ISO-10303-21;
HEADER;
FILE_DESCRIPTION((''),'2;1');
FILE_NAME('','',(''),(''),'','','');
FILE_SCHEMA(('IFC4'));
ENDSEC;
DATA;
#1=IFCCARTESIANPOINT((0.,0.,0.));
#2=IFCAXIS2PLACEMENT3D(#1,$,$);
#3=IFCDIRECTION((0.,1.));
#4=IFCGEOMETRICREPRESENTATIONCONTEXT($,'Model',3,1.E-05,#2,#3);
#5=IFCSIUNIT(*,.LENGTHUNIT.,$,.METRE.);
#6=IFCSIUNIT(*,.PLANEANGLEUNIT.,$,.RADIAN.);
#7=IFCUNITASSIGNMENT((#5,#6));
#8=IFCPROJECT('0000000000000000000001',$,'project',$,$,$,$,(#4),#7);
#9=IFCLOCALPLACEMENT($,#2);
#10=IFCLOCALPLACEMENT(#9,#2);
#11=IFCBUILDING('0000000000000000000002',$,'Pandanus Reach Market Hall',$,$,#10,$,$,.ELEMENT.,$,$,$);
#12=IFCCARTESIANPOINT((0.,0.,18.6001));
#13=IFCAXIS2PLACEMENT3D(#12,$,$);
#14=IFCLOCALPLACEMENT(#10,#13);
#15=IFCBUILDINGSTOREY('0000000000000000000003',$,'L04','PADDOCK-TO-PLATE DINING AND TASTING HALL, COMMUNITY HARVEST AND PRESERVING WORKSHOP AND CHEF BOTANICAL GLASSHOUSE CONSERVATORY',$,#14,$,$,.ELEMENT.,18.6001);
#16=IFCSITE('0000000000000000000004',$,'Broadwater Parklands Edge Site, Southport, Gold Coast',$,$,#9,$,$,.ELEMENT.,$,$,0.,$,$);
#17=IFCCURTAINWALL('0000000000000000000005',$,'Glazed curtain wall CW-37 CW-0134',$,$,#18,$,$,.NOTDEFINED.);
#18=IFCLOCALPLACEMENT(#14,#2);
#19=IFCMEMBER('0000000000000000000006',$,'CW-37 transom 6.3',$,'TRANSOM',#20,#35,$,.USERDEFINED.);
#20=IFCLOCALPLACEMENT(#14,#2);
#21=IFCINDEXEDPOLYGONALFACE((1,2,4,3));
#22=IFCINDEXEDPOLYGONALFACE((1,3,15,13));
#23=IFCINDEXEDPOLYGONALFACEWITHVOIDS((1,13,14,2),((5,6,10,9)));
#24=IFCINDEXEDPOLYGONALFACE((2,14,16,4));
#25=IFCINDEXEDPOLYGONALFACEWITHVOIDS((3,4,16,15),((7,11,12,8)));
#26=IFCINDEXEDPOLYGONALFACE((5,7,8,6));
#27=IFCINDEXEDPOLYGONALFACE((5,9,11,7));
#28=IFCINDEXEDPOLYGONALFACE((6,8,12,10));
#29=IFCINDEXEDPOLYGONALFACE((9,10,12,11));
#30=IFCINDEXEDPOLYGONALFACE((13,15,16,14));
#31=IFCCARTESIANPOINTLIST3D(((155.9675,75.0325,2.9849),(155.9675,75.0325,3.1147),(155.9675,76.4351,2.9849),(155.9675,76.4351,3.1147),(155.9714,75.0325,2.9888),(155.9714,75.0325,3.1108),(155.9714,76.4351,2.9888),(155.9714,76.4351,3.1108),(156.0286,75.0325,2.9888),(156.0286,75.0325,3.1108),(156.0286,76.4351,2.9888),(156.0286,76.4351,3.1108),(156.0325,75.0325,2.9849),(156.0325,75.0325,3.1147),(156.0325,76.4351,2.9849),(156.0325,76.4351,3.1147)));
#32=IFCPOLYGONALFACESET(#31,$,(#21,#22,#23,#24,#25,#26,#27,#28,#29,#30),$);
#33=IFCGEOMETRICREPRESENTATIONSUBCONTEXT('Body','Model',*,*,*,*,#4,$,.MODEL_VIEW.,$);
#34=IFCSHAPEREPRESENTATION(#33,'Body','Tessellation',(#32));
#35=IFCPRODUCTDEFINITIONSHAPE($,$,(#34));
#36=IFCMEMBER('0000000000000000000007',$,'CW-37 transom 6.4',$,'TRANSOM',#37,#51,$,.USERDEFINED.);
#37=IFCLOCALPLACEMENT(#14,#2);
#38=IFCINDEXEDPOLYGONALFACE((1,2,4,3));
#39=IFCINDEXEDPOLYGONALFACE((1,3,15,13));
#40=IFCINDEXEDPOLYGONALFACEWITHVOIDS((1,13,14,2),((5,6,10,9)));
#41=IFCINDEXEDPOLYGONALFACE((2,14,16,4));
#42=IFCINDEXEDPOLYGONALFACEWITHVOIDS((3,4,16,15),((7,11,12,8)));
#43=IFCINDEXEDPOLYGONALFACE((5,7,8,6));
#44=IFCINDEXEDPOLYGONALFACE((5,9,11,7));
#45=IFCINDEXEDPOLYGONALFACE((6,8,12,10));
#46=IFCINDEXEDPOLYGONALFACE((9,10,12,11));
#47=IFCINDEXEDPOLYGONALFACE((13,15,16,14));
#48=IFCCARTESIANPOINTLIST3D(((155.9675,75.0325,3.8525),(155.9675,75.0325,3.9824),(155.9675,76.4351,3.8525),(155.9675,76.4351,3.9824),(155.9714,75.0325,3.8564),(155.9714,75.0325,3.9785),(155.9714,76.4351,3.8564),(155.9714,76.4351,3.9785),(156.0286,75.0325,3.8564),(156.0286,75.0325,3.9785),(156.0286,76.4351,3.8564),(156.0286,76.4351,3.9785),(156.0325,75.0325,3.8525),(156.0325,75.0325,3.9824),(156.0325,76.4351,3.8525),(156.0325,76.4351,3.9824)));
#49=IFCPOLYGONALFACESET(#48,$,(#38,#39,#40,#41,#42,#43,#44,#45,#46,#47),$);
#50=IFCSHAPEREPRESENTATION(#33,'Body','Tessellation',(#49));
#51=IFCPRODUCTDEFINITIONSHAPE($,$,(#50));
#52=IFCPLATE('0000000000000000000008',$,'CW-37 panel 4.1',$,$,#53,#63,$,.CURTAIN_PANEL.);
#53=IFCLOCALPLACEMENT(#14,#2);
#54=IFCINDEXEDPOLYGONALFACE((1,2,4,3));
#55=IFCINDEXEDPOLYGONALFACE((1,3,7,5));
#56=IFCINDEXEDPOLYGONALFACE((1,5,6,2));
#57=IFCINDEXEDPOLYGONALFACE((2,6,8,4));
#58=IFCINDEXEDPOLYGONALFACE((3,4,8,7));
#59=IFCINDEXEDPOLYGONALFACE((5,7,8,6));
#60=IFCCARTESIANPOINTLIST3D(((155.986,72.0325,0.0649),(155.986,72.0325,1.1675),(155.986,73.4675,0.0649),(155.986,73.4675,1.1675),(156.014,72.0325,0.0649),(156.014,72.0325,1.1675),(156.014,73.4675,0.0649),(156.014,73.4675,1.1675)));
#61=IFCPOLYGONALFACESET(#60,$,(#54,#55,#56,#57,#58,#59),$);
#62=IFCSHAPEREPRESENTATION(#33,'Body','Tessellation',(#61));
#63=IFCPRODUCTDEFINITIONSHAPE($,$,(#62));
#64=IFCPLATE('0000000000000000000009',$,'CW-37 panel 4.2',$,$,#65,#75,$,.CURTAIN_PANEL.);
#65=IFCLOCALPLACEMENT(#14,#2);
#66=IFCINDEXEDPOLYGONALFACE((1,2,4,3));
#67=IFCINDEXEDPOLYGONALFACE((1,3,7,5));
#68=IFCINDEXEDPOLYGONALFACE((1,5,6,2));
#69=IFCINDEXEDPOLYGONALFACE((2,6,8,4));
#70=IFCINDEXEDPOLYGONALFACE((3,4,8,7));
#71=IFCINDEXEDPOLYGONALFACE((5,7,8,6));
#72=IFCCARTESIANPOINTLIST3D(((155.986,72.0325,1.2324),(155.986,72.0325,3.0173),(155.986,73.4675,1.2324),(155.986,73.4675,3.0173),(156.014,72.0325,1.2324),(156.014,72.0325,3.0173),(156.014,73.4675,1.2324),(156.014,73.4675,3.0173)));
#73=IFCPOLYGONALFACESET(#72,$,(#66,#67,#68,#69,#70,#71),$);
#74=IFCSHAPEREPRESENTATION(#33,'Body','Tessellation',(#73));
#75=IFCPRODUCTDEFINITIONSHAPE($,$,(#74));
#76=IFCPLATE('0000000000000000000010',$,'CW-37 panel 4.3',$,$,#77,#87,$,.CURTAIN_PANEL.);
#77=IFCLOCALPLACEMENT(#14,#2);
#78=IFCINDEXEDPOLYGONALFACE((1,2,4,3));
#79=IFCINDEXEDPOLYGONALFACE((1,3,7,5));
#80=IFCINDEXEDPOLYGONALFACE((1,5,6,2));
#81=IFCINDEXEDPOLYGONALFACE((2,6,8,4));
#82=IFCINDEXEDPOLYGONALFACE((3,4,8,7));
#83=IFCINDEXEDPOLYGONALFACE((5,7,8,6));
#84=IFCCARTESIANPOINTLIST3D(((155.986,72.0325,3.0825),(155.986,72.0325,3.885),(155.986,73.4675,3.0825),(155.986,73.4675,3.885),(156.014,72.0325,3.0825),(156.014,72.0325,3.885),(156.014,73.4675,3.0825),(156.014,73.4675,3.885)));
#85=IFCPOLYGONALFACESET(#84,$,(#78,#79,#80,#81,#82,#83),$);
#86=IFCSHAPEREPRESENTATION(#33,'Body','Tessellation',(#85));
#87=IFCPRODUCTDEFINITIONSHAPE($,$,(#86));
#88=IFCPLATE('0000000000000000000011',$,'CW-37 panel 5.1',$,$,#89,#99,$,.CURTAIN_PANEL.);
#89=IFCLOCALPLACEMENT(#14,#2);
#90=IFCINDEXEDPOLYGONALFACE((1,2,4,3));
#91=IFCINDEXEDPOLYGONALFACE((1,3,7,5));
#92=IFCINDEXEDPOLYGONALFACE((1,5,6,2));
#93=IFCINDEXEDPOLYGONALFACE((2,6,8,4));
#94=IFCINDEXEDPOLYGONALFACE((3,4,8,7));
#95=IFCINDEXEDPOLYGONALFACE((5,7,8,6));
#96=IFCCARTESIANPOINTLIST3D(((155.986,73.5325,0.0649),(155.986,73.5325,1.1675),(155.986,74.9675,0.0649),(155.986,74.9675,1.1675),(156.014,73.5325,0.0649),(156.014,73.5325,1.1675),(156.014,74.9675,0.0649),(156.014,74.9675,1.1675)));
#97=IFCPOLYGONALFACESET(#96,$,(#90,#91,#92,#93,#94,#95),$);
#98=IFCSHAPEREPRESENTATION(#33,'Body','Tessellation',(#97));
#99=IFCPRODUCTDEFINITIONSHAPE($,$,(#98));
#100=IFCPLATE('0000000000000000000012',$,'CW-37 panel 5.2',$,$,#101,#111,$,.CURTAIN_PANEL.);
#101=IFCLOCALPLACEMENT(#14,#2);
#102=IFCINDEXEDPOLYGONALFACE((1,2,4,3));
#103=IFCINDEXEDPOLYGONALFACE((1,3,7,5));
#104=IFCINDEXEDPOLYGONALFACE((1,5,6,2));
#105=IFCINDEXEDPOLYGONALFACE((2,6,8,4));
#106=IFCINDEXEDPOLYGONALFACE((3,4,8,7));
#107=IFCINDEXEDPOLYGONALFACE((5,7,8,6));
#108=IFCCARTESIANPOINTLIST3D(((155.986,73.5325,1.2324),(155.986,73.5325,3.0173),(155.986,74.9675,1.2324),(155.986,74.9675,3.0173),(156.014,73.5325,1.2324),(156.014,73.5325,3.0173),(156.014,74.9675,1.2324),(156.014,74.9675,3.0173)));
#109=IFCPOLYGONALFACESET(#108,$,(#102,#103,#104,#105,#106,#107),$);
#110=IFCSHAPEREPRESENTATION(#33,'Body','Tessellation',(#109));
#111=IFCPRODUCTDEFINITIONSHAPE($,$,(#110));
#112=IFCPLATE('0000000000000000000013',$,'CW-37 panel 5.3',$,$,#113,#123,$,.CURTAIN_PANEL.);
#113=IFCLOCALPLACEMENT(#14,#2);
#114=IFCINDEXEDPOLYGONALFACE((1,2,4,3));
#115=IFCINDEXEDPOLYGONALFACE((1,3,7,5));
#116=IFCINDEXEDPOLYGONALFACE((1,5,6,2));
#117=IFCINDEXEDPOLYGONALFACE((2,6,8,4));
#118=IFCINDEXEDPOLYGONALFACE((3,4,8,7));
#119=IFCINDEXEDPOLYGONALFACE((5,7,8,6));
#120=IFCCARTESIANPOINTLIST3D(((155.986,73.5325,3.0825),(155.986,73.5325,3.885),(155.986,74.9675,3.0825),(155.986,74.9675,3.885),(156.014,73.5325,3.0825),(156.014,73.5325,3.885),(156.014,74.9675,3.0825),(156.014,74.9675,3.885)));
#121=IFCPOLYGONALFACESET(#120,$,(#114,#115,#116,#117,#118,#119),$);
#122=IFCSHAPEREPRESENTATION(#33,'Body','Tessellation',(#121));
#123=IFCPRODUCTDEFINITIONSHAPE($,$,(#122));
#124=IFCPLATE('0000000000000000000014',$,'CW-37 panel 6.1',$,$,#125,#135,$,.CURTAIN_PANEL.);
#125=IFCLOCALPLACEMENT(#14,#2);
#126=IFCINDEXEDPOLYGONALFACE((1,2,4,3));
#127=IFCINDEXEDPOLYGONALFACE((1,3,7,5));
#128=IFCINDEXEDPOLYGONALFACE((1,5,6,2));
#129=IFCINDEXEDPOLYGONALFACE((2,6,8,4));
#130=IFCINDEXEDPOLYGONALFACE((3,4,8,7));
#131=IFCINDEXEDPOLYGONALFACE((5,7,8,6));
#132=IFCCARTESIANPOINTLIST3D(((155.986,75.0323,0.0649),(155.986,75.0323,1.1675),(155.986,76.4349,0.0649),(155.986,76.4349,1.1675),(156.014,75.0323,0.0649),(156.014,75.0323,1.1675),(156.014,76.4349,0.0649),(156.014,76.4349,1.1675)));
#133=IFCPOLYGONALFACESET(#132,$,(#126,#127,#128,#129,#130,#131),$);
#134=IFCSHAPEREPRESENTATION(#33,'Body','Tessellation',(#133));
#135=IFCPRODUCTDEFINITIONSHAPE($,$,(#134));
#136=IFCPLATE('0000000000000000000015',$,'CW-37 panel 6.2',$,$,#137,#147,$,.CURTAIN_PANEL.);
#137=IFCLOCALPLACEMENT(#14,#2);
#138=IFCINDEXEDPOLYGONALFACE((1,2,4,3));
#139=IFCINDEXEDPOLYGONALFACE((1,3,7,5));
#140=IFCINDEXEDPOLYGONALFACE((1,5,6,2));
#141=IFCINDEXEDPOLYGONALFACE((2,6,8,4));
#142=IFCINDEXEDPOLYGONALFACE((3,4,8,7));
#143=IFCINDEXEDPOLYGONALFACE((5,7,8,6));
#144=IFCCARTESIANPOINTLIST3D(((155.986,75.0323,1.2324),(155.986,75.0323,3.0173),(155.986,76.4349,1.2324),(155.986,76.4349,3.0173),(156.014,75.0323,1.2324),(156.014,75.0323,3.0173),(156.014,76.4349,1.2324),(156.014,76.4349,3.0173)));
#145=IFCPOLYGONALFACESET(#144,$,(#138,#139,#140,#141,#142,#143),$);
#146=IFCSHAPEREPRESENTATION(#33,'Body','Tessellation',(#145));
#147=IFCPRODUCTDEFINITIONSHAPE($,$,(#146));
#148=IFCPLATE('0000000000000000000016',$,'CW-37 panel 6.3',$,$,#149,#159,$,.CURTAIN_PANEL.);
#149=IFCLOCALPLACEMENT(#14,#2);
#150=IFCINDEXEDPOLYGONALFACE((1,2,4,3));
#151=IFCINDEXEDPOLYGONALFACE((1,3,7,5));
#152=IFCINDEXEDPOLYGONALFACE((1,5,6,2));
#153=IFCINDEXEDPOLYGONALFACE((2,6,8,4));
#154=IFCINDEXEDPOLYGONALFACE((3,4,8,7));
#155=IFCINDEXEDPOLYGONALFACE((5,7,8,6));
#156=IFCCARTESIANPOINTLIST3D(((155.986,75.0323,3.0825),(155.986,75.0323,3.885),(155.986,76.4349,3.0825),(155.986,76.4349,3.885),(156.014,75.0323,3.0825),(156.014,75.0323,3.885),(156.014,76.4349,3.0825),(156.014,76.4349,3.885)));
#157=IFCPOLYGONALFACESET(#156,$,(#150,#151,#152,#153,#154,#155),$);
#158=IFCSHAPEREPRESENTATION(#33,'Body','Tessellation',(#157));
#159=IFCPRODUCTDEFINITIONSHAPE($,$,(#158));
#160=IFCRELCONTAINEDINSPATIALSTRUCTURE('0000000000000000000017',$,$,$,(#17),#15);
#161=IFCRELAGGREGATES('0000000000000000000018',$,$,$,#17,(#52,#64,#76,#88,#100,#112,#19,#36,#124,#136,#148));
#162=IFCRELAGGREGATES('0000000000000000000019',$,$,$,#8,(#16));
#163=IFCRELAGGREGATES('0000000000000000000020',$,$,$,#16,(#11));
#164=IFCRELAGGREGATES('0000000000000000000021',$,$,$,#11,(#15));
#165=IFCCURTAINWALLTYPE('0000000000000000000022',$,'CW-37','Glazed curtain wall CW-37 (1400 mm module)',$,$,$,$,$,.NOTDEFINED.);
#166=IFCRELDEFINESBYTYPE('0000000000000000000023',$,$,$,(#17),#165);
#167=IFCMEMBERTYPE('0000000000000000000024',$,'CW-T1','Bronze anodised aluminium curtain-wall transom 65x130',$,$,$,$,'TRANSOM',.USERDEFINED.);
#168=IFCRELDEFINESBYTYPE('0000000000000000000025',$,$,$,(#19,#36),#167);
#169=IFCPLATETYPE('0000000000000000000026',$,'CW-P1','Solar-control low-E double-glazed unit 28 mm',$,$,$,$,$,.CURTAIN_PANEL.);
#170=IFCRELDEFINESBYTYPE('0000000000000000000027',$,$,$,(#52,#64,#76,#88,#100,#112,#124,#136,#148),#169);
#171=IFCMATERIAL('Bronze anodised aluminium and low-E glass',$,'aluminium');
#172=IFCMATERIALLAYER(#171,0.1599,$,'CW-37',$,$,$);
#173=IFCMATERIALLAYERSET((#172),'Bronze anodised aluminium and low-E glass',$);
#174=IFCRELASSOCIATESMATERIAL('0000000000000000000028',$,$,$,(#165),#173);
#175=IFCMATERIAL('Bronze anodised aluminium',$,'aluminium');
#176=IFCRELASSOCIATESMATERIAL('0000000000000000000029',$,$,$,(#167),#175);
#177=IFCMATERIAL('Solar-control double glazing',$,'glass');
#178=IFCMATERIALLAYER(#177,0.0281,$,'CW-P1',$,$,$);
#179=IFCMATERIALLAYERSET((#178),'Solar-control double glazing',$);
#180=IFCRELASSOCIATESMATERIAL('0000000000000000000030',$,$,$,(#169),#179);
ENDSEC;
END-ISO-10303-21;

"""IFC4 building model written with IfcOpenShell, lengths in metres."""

from ifc_helpers import new_model, si_unit, direction, frame, origin, origin_2d, place, context, subcontext, project, spatial, rectangle, hollow_rectangle, extrude, material, layer, layer_set, material_profile, profile_set, type_object, element, aggregate, save


model = new_model("IFC4")

# Units and contexts
model_context = context("Model", 3, precision=1e-05, world=origin(), true_north=direction((0.0, 1.0)))
body_context = subcontext(model_context, "Body", "Model", "MODEL_VIEW")
ifc_project = project(units=[si_unit("LENGTHUNIT", "METRE"), si_unit("PLANEANGLEUNIT", "RADIAN")], contexts=[model_context])

# Site, building, storey
site_placement = place(None, origin())
site = spatial("IfcSite", under=ifc_project, at=site_placement, Name="Broadwater Parklands Edge Site, Southport, Gold Coast", CompositionType="ELEMENT", RefElevation=0.0)
building_placement = place(site_placement, origin())
building = spatial("IfcBuilding", under=site, at=building_placement, Name="Pandanus Reach Market Hall", CompositionType="ELEMENT")
storey_placement = place(building_placement, frame((0.0, 0.0, 18.6001)))
storey = spatial("IfcBuildingStorey", under=building, at=storey_placement, Name="L04", Description="PADDOCK-TO-PLATE DINING AND TASTING HALL, COMMUNITY HARVEST AND PRESERVING WORKSHOP AND CHEF BOTANICAL GLASSHOUSE CONSERVATORY", CompositionType="ELEMENT", Elevation=18.6001)

# Shared definitions
ifc_material_1 = material(Name="Bronze anodised aluminium and low-E glass", Category="aluminium")
ifc_material_2 = material(Name="Bronze anodised aluminium", Category="aluminium")

# Curtain wall, members, plates
ifc_layer_1 = layer(ifc_material_1, 0.1599, Name="CW-37")
ifc_layer_set_1 = layer_set([ifc_layer_1], Name="Bronze anodised aluminium and low-E glass")
curtain_wall_type_1 = type_object("IfcCurtainWallType", Name="CW-37", Description="Glazed curtain wall CW-37 (1400 mm module)", PredefinedType="NOTDEFINED", material=ifc_layer_set_1)
curtain_wall_1_placement = place(storey_placement, origin())
curtain_wall_1 = element("IfcCurtainWall", 1, at=curtain_wall_1_placement, inside=storey, type_object=curtain_wall_type_1, Name="Glazed curtain wall CW-37 CW-0134", PredefinedType="NOTDEFINED")
ifc_material_profile_1 = material_profile(ifc_material_2, hollow_rectangle(XDim=0.0649, YDim=0.1299, WallThickness=0.0039, at=origin_2d()), Name="ALU65x130", Category="LoadBearing")
ifc_profile_set_1 = profile_set([ifc_material_profile_1], Name="Bronze anodised aluminium")
member_type_1 = type_object("IfcMemberType", Name="CW-T1", Description="Bronze anodised aluminium curtain-wall transom 65x130", ElementType="TRANSOM", PredefinedType="USERDEFINED", material=ifc_profile_set_1)
member_1_placement = place(storey_placement, frame((156.0, 75.0325, 3.0498), z_axis=(0.0, 1.0, 0.0), x_axis=(-1.0, 0.0, 0.0)))
member_1 = element("IfcMember", 2, at=member_1_placement, type_object=member_type_1, Name="CW-37 transom 6.3", ObjectType="TRANSOM", PredefinedType="USERDEFINED", context=body_context, shape_type="SweptSolid", body=[
    extrude(hollow_rectangle(XDim=0.0649, YDim=0.1299, WallThickness=0.0039, at=origin_2d()), origin(), (0.0, 0.0, 1.0), 1.4026),
])
member_2_placement = place(storey_placement, frame((156.0, 75.0325, 3.9175), z_axis=(0.0, 1.0, 0.0), x_axis=(-1.0, 0.0, 0.0)))
member_2 = element("IfcMember", 3, at=member_2_placement, type_object=member_type_1, Name="CW-37 transom 6.4", ObjectType="TRANSOM", PredefinedType="USERDEFINED", context=body_context, shape_type="SweptSolid", body=[
    extrude(hollow_rectangle(XDim=0.0649, YDim=0.1299, WallThickness=0.0039, at=origin_2d()), origin(), (0.0, 0.0, 1.0), 1.4026),
])
ifc_material_3 = material(Name="Solar-control double glazing", Category="glass")
ifc_layer_2 = layer(ifc_material_3, 0.0281, Name="CW-P1")
ifc_layer_set_2 = layer_set([ifc_layer_2], Name="Solar-control double glazing")
plate_type = type_object("IfcPlateType", Name="CW-P1", Description="Solar-control low-E double-glazed unit 28 mm", PredefinedType="CURTAIN_PANEL", material=ifc_layer_set_2)
plate_1_placement = place(storey_placement, frame((156.0, 72.75, 0.0649), z_axis=(0.0, 0.0, 1.0), x_axis=(0.0, 1.0, 0.0)))
plate_1 = element("IfcPlate", 4, at=plate_1_placement, type_object=plate_type, Name="CW-37 panel 4.1", PredefinedType="CURTAIN_PANEL", context=body_context, shape_type="SweptSolid", body=[
    extrude(rectangle(XDim=1.4351, YDim=0.0281, at=origin_2d()), origin(), (0.0, 0.0, 1.0), 1.1025),
])
plate_2_placement = place(storey_placement, frame((156.0, 72.75, 1.2324), z_axis=(0.0, 0.0, 1.0), x_axis=(0.0, 1.0, 0.0)))
plate_2 = element("IfcPlate", 5, at=plate_2_placement, type_object=plate_type, Name="CW-37 panel 4.2", PredefinedType="CURTAIN_PANEL", context=body_context, shape_type="SweptSolid", body=[
    extrude(rectangle(XDim=1.4351, YDim=0.0281, at=origin_2d()), origin(), (0.0, 0.0, 1.0), 1.7849),
])
plate_3_placement = place(storey_placement, frame((156.0, 72.75, 3.0825), z_axis=(0.0, 0.0, 1.0), x_axis=(0.0, 1.0, 0.0)))
plate_3 = element("IfcPlate", 6, at=plate_3_placement, type_object=plate_type, Name="CW-37 panel 4.3", PredefinedType="CURTAIN_PANEL", context=body_context, shape_type="SweptSolid", body=[
    extrude(rectangle(XDim=1.4351, YDim=0.0281, at=origin_2d()), origin(), (0.0, 0.0, 1.0), 0.8025),
])
plate_4_placement = place(storey_placement, frame((156.0, 74.25, 0.0649), z_axis=(0.0, 0.0, 1.0), x_axis=(0.0, 1.0, 0.0)))
plate_4 = element("IfcPlate", 7, at=plate_4_placement, type_object=plate_type, Name="CW-37 panel 5.1", PredefinedType="CURTAIN_PANEL", context=body_context, shape_type="SweptSolid", body=[
    extrude(rectangle(XDim=1.4351, YDim=0.0281, at=origin_2d()), origin(), (0.0, 0.0, 1.0), 1.1025),
])
plate_5_placement = place(storey_placement, frame((156.0, 74.25, 1.2324), z_axis=(0.0, 0.0, 1.0), x_axis=(0.0, 1.0, 0.0)))
plate_5 = element("IfcPlate", 8, at=plate_5_placement, type_object=plate_type, Name="CW-37 panel 5.2", PredefinedType="CURTAIN_PANEL", context=body_context, shape_type="SweptSolid", body=[
    extrude(rectangle(XDim=1.4351, YDim=0.0281, at=origin_2d()), origin(), (0.0, 0.0, 1.0), 1.7849),
])
plate_6_placement = place(storey_placement, frame((156.0, 74.25, 3.0825), z_axis=(0.0, 0.0, 1.0), x_axis=(0.0, 1.0, 0.0)))
plate_6 = element("IfcPlate", 9, at=plate_6_placement, type_object=plate_type, Name="CW-37 panel 5.3", PredefinedType="CURTAIN_PANEL", context=body_context, shape_type="SweptSolid", body=[
    extrude(rectangle(XDim=1.4351, YDim=0.0281, at=origin_2d()), origin(), (0.0, 0.0, 1.0), 0.8025),
])
plate_7_placement = place(storey_placement, frame((156.0, 75.7336, 0.0649), z_axis=(0.0, 0.0, 1.0), x_axis=(0.0, 1.0, 0.0)))
plate_7 = element("IfcPlate", 10, at=plate_7_placement, type_object=plate_type, Name="CW-37 panel 6.1", PredefinedType="CURTAIN_PANEL", context=body_context, shape_type="SweptSolid", body=[
    extrude(rectangle(XDim=1.4026, YDim=0.0281, at=origin_2d()), origin(), (0.0, 0.0, 1.0), 1.1025),
])
plate_8_placement = place(storey_placement, frame((156.0, 75.7336, 1.2324), z_axis=(0.0, 0.0, 1.0), x_axis=(0.0, 1.0, 0.0)))
plate_8 = element("IfcPlate", 11, at=plate_8_placement, type_object=plate_type, Name="CW-37 panel 6.2", PredefinedType="CURTAIN_PANEL", context=body_context, shape_type="SweptSolid", body=[
    extrude(rectangle(XDim=1.4026, YDim=0.0281, at=origin_2d()), origin(), (0.0, 0.0, 1.0), 1.7849),
])
plate_9_placement = place(storey_placement, frame((156.0, 75.7336, 3.0825), z_axis=(0.0, 0.0, 1.0), x_axis=(0.0, 1.0, 0.0)))
plate_9 = element("IfcPlate", 12, at=plate_9_placement, type_object=plate_type, Name="CW-37 panel 6.3", PredefinedType="CURTAIN_PANEL", context=body_context, shape_type="SweptSolid", body=[
    extrude(rectangle(XDim=1.4026, YDim=0.0281, at=origin_2d()), origin(), (0.0, 0.0, 1.0), 0.8025),
])
aggregate(curtain_wall_1, [plate_1, plate_2, plate_3, plate_4, plate_5, plate_6, member_1, member_2, plate_7, plate_8, plate_9])

save(model, "model.ifc")
